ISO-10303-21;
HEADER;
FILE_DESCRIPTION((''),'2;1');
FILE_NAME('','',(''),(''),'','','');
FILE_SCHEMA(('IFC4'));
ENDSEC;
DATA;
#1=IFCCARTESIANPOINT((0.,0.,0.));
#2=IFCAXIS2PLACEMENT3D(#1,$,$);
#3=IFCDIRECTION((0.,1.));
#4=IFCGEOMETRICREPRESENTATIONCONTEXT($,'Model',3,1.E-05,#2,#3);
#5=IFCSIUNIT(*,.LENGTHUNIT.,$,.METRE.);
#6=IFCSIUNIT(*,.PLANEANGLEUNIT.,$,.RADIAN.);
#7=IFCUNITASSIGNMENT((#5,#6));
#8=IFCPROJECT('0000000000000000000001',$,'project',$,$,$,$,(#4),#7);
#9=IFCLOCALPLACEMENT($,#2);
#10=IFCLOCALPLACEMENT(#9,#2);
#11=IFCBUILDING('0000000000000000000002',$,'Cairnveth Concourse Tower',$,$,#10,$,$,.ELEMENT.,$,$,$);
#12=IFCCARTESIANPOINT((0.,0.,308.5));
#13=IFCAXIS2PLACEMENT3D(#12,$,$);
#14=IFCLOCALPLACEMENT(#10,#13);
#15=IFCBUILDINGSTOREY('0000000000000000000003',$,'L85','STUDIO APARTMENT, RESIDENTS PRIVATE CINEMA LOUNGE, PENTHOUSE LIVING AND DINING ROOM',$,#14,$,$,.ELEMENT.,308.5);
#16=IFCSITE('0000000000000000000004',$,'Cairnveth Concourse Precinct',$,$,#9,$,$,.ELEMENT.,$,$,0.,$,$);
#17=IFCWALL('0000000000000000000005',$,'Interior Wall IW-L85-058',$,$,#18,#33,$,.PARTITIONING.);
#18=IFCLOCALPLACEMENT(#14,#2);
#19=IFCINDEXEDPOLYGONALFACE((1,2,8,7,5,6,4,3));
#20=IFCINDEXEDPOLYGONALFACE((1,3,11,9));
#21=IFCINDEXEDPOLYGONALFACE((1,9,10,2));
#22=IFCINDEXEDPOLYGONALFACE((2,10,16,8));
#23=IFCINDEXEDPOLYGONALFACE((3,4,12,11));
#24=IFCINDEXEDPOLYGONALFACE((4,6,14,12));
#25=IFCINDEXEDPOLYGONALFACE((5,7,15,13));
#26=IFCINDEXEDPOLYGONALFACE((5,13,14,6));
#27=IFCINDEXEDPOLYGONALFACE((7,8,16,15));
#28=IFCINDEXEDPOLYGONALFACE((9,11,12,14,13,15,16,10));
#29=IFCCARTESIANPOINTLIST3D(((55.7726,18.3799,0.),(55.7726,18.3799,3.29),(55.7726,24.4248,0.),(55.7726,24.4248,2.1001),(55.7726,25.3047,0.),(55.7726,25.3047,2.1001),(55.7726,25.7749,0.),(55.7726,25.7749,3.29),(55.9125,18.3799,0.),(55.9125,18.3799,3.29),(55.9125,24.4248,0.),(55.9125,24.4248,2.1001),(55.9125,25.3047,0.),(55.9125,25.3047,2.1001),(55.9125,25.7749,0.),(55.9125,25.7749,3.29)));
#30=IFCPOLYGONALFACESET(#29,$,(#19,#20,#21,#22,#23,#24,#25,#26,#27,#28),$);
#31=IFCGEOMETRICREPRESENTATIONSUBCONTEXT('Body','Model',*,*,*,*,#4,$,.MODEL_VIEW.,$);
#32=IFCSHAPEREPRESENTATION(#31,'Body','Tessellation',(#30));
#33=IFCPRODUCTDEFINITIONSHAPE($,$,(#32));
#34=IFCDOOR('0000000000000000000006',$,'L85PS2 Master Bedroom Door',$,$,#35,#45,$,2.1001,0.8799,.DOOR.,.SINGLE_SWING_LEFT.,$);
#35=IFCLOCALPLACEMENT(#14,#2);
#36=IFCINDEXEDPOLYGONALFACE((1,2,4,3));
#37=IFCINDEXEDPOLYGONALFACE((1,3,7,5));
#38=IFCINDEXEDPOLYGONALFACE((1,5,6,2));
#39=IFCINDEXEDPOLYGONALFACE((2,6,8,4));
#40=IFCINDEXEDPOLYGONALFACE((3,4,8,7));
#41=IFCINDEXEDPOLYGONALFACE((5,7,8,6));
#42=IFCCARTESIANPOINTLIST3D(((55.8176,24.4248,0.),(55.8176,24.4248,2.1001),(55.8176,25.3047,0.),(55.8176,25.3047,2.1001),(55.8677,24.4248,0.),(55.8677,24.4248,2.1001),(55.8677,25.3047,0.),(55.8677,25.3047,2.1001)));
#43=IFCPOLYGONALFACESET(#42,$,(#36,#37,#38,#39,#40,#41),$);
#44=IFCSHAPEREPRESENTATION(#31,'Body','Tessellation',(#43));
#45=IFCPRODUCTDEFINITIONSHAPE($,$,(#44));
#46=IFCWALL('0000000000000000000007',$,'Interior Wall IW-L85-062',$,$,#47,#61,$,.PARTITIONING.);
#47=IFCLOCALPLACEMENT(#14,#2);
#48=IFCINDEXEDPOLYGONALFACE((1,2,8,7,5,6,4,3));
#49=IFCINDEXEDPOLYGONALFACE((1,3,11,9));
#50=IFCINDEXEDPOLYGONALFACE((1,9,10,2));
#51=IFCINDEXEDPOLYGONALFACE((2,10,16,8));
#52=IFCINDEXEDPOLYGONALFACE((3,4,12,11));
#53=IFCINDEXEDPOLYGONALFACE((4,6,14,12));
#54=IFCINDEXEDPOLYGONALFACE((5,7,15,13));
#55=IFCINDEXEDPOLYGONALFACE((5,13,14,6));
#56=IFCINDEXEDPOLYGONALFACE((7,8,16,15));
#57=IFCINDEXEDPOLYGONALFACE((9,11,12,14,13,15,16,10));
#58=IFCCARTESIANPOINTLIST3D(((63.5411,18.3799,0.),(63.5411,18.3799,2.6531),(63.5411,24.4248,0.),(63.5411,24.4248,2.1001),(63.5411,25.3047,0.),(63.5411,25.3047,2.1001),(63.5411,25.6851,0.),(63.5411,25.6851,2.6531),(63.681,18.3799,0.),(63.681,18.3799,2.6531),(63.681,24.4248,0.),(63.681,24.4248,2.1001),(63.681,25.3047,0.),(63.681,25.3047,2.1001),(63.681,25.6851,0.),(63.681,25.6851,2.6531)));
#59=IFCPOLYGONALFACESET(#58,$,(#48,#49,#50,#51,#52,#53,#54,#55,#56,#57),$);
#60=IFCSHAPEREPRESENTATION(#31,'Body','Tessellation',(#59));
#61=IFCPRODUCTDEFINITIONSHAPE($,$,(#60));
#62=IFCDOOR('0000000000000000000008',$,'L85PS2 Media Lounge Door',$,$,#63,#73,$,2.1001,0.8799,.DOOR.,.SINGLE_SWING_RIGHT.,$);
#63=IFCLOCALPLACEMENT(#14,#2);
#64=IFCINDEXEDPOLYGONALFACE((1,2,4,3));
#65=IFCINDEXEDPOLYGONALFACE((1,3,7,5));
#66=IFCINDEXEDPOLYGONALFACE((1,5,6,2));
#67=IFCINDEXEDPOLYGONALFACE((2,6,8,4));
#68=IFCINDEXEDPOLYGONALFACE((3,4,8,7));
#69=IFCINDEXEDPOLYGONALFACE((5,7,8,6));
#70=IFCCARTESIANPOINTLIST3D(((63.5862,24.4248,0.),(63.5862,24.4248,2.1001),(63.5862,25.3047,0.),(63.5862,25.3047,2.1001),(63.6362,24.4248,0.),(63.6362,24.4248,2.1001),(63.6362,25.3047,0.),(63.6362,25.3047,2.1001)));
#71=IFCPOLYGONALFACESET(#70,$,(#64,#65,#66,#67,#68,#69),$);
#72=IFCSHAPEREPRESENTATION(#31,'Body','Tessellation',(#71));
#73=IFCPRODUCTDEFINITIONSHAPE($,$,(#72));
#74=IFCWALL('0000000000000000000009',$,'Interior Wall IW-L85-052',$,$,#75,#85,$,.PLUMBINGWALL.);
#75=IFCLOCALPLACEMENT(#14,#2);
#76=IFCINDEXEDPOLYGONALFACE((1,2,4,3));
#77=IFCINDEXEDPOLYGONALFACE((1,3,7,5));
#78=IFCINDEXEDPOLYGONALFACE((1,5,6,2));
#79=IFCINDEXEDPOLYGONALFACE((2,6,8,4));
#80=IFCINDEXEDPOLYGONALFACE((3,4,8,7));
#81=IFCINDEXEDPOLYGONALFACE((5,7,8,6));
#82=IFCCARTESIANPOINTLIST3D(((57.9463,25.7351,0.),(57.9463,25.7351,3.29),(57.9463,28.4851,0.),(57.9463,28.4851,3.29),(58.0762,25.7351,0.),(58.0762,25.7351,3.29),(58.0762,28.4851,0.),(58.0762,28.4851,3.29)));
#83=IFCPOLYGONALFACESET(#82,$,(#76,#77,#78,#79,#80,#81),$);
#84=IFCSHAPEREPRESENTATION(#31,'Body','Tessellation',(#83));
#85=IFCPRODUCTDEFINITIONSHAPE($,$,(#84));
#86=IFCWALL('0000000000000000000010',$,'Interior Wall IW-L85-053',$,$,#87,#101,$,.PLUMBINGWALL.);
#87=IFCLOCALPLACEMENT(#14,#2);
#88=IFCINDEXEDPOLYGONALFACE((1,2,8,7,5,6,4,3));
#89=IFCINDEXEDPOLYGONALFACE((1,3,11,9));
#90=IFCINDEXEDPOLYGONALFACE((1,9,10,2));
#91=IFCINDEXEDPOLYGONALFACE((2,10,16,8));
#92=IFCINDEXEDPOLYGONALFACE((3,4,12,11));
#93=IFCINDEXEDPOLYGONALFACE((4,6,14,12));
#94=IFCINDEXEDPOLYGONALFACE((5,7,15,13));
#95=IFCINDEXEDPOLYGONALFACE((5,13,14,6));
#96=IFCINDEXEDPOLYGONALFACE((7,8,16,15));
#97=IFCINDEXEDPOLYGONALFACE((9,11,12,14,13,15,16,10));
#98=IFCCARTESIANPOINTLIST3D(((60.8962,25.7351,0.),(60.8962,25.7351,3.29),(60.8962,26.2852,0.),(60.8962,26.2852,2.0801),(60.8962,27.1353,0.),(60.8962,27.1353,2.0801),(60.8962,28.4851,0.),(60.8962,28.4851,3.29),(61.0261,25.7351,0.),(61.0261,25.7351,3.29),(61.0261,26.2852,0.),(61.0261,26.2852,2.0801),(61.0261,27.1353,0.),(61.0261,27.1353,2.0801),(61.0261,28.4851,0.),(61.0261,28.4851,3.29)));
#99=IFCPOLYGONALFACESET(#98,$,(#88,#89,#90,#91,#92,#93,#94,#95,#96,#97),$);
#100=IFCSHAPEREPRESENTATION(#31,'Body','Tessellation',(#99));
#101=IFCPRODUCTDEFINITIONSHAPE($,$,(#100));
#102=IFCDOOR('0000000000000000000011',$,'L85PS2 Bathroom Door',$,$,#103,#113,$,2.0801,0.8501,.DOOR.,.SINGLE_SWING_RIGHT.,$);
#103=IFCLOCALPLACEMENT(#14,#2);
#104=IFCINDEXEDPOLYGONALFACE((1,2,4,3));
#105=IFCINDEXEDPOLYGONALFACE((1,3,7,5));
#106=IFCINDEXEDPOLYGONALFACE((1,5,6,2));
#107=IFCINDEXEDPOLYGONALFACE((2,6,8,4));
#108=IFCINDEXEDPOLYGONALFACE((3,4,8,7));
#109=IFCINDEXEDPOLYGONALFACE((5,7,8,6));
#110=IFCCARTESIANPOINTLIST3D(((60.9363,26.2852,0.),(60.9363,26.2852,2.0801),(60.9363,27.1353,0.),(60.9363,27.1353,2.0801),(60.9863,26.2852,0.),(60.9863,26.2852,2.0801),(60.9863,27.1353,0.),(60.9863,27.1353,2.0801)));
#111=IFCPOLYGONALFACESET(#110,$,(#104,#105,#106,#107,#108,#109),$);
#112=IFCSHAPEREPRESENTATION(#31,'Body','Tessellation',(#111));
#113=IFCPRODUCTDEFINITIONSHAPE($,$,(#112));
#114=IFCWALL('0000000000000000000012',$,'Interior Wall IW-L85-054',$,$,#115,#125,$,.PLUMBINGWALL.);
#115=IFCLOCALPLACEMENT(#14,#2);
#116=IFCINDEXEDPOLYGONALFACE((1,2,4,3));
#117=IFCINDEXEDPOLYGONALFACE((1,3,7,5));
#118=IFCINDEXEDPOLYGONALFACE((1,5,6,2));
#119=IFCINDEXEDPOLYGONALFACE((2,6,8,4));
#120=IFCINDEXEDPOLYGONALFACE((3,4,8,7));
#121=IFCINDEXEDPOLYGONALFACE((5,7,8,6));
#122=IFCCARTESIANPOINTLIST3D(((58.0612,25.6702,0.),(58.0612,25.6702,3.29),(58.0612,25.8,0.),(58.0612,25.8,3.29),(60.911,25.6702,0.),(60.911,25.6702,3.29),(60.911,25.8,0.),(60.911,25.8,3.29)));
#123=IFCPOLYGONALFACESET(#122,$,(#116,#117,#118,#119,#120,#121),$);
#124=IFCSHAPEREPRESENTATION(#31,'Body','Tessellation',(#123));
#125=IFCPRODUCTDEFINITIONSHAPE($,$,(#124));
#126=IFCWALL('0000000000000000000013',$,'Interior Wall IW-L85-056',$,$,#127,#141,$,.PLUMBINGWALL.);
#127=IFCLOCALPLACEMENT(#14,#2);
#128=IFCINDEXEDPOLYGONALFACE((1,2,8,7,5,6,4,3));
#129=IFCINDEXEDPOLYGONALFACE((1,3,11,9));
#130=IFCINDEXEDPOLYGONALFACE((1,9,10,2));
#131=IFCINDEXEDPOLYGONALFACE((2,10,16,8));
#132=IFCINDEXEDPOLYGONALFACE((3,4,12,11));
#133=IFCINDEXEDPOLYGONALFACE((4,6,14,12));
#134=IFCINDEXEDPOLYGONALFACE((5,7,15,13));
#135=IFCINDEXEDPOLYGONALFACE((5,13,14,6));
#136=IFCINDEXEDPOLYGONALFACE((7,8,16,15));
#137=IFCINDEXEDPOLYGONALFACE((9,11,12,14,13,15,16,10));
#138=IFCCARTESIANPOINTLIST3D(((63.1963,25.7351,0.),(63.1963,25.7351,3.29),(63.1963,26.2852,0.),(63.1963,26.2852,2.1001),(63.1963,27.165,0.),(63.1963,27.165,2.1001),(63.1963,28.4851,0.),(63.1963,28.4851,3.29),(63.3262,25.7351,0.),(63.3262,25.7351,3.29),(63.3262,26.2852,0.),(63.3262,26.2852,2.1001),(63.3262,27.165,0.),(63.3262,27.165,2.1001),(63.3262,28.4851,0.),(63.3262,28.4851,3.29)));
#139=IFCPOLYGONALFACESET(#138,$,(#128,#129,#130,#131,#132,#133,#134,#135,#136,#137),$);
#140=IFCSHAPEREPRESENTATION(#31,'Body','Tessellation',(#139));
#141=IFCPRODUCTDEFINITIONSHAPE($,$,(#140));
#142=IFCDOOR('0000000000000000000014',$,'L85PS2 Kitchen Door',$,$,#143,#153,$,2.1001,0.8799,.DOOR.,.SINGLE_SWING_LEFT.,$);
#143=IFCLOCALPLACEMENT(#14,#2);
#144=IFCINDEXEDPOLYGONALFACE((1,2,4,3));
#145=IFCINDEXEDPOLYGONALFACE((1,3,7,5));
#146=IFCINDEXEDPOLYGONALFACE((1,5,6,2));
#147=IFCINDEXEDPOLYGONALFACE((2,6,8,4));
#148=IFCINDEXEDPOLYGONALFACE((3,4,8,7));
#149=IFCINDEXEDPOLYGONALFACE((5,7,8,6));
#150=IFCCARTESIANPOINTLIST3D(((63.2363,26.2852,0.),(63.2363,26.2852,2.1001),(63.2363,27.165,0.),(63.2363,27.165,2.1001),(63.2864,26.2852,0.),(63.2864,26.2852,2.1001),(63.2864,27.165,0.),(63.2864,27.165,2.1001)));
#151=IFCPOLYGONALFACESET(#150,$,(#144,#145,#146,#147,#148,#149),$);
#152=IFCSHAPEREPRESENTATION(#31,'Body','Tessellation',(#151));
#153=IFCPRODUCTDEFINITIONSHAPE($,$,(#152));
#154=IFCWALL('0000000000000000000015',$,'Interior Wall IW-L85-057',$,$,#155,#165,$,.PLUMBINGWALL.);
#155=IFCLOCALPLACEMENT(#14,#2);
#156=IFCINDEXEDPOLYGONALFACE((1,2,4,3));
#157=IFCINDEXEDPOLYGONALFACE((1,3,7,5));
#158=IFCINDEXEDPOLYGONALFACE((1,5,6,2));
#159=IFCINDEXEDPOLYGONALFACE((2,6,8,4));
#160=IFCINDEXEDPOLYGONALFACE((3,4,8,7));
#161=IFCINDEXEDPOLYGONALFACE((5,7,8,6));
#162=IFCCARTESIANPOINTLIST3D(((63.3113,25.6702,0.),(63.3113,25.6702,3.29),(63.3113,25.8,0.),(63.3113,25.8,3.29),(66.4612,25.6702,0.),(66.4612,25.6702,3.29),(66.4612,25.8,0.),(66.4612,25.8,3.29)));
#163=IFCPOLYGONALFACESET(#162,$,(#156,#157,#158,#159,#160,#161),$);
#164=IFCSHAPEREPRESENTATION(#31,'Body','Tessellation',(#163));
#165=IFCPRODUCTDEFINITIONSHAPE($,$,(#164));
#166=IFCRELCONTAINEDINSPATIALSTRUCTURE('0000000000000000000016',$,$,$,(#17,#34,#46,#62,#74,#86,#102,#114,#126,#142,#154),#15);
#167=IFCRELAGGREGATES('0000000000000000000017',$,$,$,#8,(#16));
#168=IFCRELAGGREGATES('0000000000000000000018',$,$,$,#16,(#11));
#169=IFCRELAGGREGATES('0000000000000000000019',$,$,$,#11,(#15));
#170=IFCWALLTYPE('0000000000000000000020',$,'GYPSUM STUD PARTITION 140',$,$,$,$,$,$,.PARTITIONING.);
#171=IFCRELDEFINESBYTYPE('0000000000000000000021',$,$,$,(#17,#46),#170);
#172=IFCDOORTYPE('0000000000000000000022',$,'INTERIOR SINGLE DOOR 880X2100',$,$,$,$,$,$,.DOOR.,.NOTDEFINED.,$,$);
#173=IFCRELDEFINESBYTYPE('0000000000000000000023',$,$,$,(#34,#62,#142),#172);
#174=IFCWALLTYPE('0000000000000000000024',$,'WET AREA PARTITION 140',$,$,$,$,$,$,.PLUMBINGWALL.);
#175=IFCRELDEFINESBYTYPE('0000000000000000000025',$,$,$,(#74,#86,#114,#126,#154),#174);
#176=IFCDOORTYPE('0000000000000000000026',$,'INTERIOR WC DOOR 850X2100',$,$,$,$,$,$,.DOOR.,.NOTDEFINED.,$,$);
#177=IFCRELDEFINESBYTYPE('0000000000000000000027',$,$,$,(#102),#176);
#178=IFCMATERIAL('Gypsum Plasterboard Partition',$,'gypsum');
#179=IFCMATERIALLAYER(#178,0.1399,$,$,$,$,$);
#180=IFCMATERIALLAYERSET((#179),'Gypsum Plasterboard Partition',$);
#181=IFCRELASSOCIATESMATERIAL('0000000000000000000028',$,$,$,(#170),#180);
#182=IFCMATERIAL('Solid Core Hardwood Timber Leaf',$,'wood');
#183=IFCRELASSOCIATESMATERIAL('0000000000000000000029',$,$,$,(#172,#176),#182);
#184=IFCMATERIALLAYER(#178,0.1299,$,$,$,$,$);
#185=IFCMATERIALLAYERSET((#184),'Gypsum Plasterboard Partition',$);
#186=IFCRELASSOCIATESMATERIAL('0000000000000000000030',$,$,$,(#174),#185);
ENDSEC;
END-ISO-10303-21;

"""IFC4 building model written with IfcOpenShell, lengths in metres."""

from ifc_helpers import new_model, si_unit, direction, frame, frame_2d, origin, place, context, subcontext, project, spatial, rectangle, extrude, material, layer, layer_set, type_object, element, fill, save


model = new_model("IFC4")

# Units and contexts
model_context = context("Model", 3, precision=1e-05, world=origin(), true_north=direction((0.0, 1.0)))
body_context = subcontext(model_context, "Body", "Model", "MODEL_VIEW")
ifc_project = project(units=[si_unit("LENGTHUNIT", "METRE"), si_unit("PLANEANGLEUNIT", "RADIAN")], contexts=[model_context])

# Site, building, storey
site_placement = place(None, origin())
site = spatial("IfcSite", under=ifc_project, at=site_placement, Name="Cairnveth Concourse Precinct", CompositionType="ELEMENT", RefElevation=0.0)
building_placement = place(site_placement, origin())
building = spatial("IfcBuilding", under=site, at=building_placement, Name="Cairnveth Concourse Tower", CompositionType="ELEMENT")
storey_placement = place(building_placement, frame((0.0, 0.0, 308.5)))
storey = spatial("IfcBuildingStorey", under=building, at=storey_placement, Name="L85", Description="STUDIO APARTMENT, RESIDENTS PRIVATE CINEMA LOUNGE, PENTHOUSE LIVING AND DINING ROOM", CompositionType="ELEMENT", Elevation=308.5)

# Shared definitions
ifc_material_1 = material(Name="Gypsum Plasterboard Partition", Category="gypsum")
ifc_material_2 = material(Name="Solid Core Hardwood Timber Leaf", Category="wood")

# Walls, openings, doors
ifc_layer_1 = layer(ifc_material_1, 0.1399)
ifc_layer_set_1 = layer_set([ifc_layer_1], Name="Gypsum Plasterboard Partition")
wall_type_1 = type_object("IfcWallType", Name="GYPSUM STUD PARTITION 140", PredefinedType="PARTITIONING", material=ifc_layer_set_1)
wall_1_placement = place(storey_placement, frame((55.8425, 18.3799, 0.0), z_axis=(0.0, 0.0, 1.0), x_axis=(0.0, 1.0, 0.0)))
wall_1 = element("IfcWall", 1, at=wall_1_placement, inside=storey, type_object=wall_type_1, Name="Interior Wall IW-L85-058", PredefinedType="PARTITIONING", context=body_context, shape_type="SweptSolid", body=[
    extrude(rectangle(XDim=7.395, YDim=0.1399, at=frame_2d((3.6975, 0.0))), origin(), (0.0, 0.0, 1.0), 3.29),
])
opening_1_placement = place(wall_1_placement, frame((6.0449, 0.0, 0.0)))
opening_1 = element("IfcOpeningElement", 2, at=opening_1_placement, cuts=wall_1, PredefinedType="OPENING", context=body_context, shape_type="SweptSolid", body=[
    extrude(rectangle(XDim=0.8799, YDim=2.1001, at=frame_2d((0.4399, 1.05))), frame((0.0, 0.0798, 0.0), z_axis=(0.0, -1.0, 0.0), x_axis=(1.0, 0.0, 0.0)), (0.0, 0.0, 1.0), 0.1599),
])
door_type_1 = type_object("IfcDoorType", Name="INTERIOR SINGLE DOOR 880X2100", OperationType="NOTDEFINED", PredefinedType="DOOR", material=ifc_material_2)
door_1_placement = place(opening_1_placement, origin())
door_1 = element("IfcDoor", 3, at=door_1_placement, inside=storey, type_object=door_type_1, Name="L85PS2 Master Bedroom Door", OperationType="SINGLE_SWING_LEFT", OverallHeight=2.1001, OverallWidth=0.8799, PredefinedType="DOOR", context=body_context, shape_type="SweptSolid", body=[
    extrude(rectangle(XDim=0.8799, YDim=2.1001, at=frame_2d((0.4399, 1.05))), frame((0.0, 0.0249, 0.0), z_axis=(0.0, -1.0, 0.0), x_axis=(1.0, 0.0, 0.0)), (0.0, 0.0, 1.0), 0.05),
])
fill(opening_1, door_1)
wall_2_placement = place(storey_placement, frame((63.6111, 18.3799, 0.0), z_axis=(0.0, 0.0, 1.0), x_axis=(0.0, 1.0, 0.0)))
wall_2 = element("IfcWall", 4, at=wall_2_placement, inside=storey, type_object=wall_type_1, Name="Interior Wall IW-L85-062", PredefinedType="PARTITIONING", context=body_context, shape_type="SweptSolid", body=[
    extrude(rectangle(XDim=7.3052, YDim=0.1399, at=frame_2d((3.6526, 0.0))), origin(), (0.0, 0.0, 1.0), 2.6531),
])
opening_2_placement = place(wall_2_placement, frame((6.0449, 0.0, 0.0)))
opening_2 = element("IfcOpeningElement", 5, at=opening_2_placement, cuts=wall_2, PredefinedType="OPENING", context=body_context, shape_type="SweptSolid", body=[
    extrude(rectangle(XDim=0.8799, YDim=2.1001, at=frame_2d((0.4399, 1.05))), frame((0.0, 0.0798, 0.0), z_axis=(0.0, -1.0, 0.0), x_axis=(1.0, 0.0, 0.0)), (0.0, 0.0, 1.0), 0.1599),
])
door_2_placement = place(opening_2_placement, origin())
door_2 = element("IfcDoor", 6, at=door_2_placement, inside=storey, type_object=door_type_1, Name="L85PS2 Media Lounge Door", OperationType="SINGLE_SWING_RIGHT", OverallHeight=2.1001, OverallWidth=0.8799, PredefinedType="DOOR", context=body_context, shape_type="SweptSolid", body=[
    extrude(rectangle(XDim=0.8799, YDim=2.1001, at=frame_2d((0.4399, 1.05))), frame((0.0, 0.0249, 0.0), z_axis=(0.0, -1.0, 0.0), x_axis=(1.0, 0.0, 0.0)), (0.0, 0.0, 1.0), 0.05),
])
fill(opening_2, door_2)

# Wall
ifc_layer_2 = layer(ifc_material_1, 0.1299)
ifc_layer_set_2 = layer_set([ifc_layer_2], Name="Gypsum Plasterboard Partition")
wall_type_2 = type_object("IfcWallType", Name="WET AREA PARTITION 140", PredefinedType="PLUMBINGWALL", material=ifc_layer_set_2)
wall_3_placement = place(storey_placement, frame((58.0112, 25.7351, 0.0), z_axis=(0.0, 0.0, 1.0), x_axis=(0.0, 1.0, 0.0)))
element("IfcWall", 7, at=wall_3_placement, inside=storey, type_object=wall_type_2, Name="Interior Wall IW-L85-052", PredefinedType="PLUMBINGWALL", context=body_context, shape_type="SweptSolid", body=[
    extrude(rectangle(XDim=2.75, YDim=0.1299, at=frame_2d((1.375, 0.0))), origin(), (0.0, 0.0, 1.0), 3.29),
])

# Wall, opening, door
wall_4_placement = place(storey_placement, frame((60.9612, 25.7351, 0.0), z_axis=(0.0, 0.0, 1.0), x_axis=(0.0, 1.0, 0.0)))
wall_4 = element("IfcWall", 8, at=wall_4_placement, inside=storey, type_object=wall_type_2, Name="Interior Wall IW-L85-053", PredefinedType="PLUMBINGWALL", context=body_context, shape_type="SweptSolid", body=[
    extrude(rectangle(XDim=2.75, YDim=0.1299, at=frame_2d((1.375, 0.0))), origin(), (0.0, 0.0, 1.0), 3.29),
])
opening_3_placement = place(wall_4_placement, frame((0.55, 0.0, 0.0)))
opening_3 = element("IfcOpeningElement", 9, at=opening_3_placement, cuts=wall_4, PredefinedType="OPENING", context=body_context, shape_type="SweptSolid", body=[
    extrude(rectangle(XDim=0.8501, YDim=2.0801, at=frame_2d((0.425, 1.04))), frame((0.0, 0.075, 0.0), z_axis=(0.0, -1.0, 0.0), x_axis=(1.0, 0.0, 0.0)), (0.0, 0.0, 1.0), 0.1499),
])
door_type_2 = type_object("IfcDoorType", Name="INTERIOR WC DOOR 850X2100", OperationType="NOTDEFINED", PredefinedType="DOOR", material=ifc_material_2)
door_3_placement = place(opening_3_placement, origin())
door_3 = element("IfcDoor", 10, at=door_3_placement, inside=storey, type_object=door_type_2, Name="L85PS2 Bathroom Door", OperationType="SINGLE_SWING_RIGHT", OverallHeight=2.0801, OverallWidth=0.8501, PredefinedType="DOOR", context=body_context, shape_type="SweptSolid", body=[
    extrude(rectangle(XDim=0.8501, YDim=2.0801, at=frame_2d((0.425, 1.04))), frame((0.0, 0.0249, 0.0), z_axis=(0.0, -1.0, 0.0), x_axis=(1.0, 0.0, 0.0)), (0.0, 0.0, 1.0), 0.05),
])
fill(opening_3, door_3)

# Wall
wall_5_placement = place(storey_placement, frame((58.0613, 25.7351, 0.0), z_axis=(0.0, 0.0, 1.0), x_axis=(1.0, 0.0, 0.0)))
element("IfcWall", 11, at=wall_5_placement, inside=storey, type_object=wall_type_2, Name="Interior Wall IW-L85-054", PredefinedType="PLUMBINGWALL", context=body_context, shape_type="SweptSolid", body=[
    extrude(rectangle(XDim=2.8499, YDim=0.1299, at=frame_2d((1.4248, 0.0))), origin(), (0.0, 0.0, 1.0), 3.29),
])

# Wall, opening, door
wall_6_placement = place(storey_placement, frame((63.2612, 25.7351, 0.0), z_axis=(0.0, 0.0, 1.0), x_axis=(0.0, 1.0, 0.0)))
wall_6 = element("IfcWall", 12, at=wall_6_placement, inside=storey, type_object=wall_type_2, Name="Interior Wall IW-L85-056", PredefinedType="PLUMBINGWALL", context=body_context, shape_type="SweptSolid", body=[
    extrude(rectangle(XDim=2.75, YDim=0.1299, at=frame_2d((1.375, 0.0))), origin(), (0.0, 0.0, 1.0), 3.29),
])
opening_4_placement = place(wall_6_placement, frame((0.55, 0.0, 0.0)))
opening_4 = element("IfcOpeningElement", 13, at=opening_4_placement, cuts=wall_6, PredefinedType="OPENING", context=body_context, shape_type="SweptSolid", body=[
    extrude(rectangle(XDim=0.8799, YDim=2.1001, at=frame_2d((0.4399, 1.05))), frame((0.0, 0.075, 0.0), z_axis=(0.0, -1.0, 0.0), x_axis=(1.0, 0.0, 0.0)), (0.0, 0.0, 1.0), 0.1499),
])
door_4_placement = place(opening_4_placement, origin())
door_4 = element("IfcDoor", 14, at=door_4_placement, inside=storey, type_object=door_type_1, Name="L85PS2 Kitchen Door", OperationType="SINGLE_SWING_LEFT", OverallHeight=2.1001, OverallWidth=0.8799, PredefinedType="DOOR", context=body_context, shape_type="SweptSolid", body=[
    extrude(rectangle(XDim=0.8799, YDim=2.1001, at=frame_2d((0.4399, 1.05))), frame((0.0, 0.0249, 0.0), z_axis=(0.0, -1.0, 0.0), x_axis=(1.0, 0.0, 0.0)), (0.0, 0.0, 1.0), 0.05),
])
fill(opening_4, door_4)

# Wall
wall_7_placement = place(storey_placement, frame((63.3113, 25.7351, 0.0), z_axis=(0.0, 0.0, 1.0), x_axis=(1.0, 0.0, 0.0)))
element("IfcWall", 15, at=wall_7_placement, inside=storey, type_object=wall_type_2, Name="Interior Wall IW-L85-057", PredefinedType="PLUMBINGWALL", context=body_context, shape_type="SweptSolid", body=[
    extrude(rectangle(XDim=3.1499, YDim=0.1299, at=frame_2d((1.575, 0.0))), origin(), (0.0, 0.0, 1.0), 3.29),
])

save(model, "model.ifc")
